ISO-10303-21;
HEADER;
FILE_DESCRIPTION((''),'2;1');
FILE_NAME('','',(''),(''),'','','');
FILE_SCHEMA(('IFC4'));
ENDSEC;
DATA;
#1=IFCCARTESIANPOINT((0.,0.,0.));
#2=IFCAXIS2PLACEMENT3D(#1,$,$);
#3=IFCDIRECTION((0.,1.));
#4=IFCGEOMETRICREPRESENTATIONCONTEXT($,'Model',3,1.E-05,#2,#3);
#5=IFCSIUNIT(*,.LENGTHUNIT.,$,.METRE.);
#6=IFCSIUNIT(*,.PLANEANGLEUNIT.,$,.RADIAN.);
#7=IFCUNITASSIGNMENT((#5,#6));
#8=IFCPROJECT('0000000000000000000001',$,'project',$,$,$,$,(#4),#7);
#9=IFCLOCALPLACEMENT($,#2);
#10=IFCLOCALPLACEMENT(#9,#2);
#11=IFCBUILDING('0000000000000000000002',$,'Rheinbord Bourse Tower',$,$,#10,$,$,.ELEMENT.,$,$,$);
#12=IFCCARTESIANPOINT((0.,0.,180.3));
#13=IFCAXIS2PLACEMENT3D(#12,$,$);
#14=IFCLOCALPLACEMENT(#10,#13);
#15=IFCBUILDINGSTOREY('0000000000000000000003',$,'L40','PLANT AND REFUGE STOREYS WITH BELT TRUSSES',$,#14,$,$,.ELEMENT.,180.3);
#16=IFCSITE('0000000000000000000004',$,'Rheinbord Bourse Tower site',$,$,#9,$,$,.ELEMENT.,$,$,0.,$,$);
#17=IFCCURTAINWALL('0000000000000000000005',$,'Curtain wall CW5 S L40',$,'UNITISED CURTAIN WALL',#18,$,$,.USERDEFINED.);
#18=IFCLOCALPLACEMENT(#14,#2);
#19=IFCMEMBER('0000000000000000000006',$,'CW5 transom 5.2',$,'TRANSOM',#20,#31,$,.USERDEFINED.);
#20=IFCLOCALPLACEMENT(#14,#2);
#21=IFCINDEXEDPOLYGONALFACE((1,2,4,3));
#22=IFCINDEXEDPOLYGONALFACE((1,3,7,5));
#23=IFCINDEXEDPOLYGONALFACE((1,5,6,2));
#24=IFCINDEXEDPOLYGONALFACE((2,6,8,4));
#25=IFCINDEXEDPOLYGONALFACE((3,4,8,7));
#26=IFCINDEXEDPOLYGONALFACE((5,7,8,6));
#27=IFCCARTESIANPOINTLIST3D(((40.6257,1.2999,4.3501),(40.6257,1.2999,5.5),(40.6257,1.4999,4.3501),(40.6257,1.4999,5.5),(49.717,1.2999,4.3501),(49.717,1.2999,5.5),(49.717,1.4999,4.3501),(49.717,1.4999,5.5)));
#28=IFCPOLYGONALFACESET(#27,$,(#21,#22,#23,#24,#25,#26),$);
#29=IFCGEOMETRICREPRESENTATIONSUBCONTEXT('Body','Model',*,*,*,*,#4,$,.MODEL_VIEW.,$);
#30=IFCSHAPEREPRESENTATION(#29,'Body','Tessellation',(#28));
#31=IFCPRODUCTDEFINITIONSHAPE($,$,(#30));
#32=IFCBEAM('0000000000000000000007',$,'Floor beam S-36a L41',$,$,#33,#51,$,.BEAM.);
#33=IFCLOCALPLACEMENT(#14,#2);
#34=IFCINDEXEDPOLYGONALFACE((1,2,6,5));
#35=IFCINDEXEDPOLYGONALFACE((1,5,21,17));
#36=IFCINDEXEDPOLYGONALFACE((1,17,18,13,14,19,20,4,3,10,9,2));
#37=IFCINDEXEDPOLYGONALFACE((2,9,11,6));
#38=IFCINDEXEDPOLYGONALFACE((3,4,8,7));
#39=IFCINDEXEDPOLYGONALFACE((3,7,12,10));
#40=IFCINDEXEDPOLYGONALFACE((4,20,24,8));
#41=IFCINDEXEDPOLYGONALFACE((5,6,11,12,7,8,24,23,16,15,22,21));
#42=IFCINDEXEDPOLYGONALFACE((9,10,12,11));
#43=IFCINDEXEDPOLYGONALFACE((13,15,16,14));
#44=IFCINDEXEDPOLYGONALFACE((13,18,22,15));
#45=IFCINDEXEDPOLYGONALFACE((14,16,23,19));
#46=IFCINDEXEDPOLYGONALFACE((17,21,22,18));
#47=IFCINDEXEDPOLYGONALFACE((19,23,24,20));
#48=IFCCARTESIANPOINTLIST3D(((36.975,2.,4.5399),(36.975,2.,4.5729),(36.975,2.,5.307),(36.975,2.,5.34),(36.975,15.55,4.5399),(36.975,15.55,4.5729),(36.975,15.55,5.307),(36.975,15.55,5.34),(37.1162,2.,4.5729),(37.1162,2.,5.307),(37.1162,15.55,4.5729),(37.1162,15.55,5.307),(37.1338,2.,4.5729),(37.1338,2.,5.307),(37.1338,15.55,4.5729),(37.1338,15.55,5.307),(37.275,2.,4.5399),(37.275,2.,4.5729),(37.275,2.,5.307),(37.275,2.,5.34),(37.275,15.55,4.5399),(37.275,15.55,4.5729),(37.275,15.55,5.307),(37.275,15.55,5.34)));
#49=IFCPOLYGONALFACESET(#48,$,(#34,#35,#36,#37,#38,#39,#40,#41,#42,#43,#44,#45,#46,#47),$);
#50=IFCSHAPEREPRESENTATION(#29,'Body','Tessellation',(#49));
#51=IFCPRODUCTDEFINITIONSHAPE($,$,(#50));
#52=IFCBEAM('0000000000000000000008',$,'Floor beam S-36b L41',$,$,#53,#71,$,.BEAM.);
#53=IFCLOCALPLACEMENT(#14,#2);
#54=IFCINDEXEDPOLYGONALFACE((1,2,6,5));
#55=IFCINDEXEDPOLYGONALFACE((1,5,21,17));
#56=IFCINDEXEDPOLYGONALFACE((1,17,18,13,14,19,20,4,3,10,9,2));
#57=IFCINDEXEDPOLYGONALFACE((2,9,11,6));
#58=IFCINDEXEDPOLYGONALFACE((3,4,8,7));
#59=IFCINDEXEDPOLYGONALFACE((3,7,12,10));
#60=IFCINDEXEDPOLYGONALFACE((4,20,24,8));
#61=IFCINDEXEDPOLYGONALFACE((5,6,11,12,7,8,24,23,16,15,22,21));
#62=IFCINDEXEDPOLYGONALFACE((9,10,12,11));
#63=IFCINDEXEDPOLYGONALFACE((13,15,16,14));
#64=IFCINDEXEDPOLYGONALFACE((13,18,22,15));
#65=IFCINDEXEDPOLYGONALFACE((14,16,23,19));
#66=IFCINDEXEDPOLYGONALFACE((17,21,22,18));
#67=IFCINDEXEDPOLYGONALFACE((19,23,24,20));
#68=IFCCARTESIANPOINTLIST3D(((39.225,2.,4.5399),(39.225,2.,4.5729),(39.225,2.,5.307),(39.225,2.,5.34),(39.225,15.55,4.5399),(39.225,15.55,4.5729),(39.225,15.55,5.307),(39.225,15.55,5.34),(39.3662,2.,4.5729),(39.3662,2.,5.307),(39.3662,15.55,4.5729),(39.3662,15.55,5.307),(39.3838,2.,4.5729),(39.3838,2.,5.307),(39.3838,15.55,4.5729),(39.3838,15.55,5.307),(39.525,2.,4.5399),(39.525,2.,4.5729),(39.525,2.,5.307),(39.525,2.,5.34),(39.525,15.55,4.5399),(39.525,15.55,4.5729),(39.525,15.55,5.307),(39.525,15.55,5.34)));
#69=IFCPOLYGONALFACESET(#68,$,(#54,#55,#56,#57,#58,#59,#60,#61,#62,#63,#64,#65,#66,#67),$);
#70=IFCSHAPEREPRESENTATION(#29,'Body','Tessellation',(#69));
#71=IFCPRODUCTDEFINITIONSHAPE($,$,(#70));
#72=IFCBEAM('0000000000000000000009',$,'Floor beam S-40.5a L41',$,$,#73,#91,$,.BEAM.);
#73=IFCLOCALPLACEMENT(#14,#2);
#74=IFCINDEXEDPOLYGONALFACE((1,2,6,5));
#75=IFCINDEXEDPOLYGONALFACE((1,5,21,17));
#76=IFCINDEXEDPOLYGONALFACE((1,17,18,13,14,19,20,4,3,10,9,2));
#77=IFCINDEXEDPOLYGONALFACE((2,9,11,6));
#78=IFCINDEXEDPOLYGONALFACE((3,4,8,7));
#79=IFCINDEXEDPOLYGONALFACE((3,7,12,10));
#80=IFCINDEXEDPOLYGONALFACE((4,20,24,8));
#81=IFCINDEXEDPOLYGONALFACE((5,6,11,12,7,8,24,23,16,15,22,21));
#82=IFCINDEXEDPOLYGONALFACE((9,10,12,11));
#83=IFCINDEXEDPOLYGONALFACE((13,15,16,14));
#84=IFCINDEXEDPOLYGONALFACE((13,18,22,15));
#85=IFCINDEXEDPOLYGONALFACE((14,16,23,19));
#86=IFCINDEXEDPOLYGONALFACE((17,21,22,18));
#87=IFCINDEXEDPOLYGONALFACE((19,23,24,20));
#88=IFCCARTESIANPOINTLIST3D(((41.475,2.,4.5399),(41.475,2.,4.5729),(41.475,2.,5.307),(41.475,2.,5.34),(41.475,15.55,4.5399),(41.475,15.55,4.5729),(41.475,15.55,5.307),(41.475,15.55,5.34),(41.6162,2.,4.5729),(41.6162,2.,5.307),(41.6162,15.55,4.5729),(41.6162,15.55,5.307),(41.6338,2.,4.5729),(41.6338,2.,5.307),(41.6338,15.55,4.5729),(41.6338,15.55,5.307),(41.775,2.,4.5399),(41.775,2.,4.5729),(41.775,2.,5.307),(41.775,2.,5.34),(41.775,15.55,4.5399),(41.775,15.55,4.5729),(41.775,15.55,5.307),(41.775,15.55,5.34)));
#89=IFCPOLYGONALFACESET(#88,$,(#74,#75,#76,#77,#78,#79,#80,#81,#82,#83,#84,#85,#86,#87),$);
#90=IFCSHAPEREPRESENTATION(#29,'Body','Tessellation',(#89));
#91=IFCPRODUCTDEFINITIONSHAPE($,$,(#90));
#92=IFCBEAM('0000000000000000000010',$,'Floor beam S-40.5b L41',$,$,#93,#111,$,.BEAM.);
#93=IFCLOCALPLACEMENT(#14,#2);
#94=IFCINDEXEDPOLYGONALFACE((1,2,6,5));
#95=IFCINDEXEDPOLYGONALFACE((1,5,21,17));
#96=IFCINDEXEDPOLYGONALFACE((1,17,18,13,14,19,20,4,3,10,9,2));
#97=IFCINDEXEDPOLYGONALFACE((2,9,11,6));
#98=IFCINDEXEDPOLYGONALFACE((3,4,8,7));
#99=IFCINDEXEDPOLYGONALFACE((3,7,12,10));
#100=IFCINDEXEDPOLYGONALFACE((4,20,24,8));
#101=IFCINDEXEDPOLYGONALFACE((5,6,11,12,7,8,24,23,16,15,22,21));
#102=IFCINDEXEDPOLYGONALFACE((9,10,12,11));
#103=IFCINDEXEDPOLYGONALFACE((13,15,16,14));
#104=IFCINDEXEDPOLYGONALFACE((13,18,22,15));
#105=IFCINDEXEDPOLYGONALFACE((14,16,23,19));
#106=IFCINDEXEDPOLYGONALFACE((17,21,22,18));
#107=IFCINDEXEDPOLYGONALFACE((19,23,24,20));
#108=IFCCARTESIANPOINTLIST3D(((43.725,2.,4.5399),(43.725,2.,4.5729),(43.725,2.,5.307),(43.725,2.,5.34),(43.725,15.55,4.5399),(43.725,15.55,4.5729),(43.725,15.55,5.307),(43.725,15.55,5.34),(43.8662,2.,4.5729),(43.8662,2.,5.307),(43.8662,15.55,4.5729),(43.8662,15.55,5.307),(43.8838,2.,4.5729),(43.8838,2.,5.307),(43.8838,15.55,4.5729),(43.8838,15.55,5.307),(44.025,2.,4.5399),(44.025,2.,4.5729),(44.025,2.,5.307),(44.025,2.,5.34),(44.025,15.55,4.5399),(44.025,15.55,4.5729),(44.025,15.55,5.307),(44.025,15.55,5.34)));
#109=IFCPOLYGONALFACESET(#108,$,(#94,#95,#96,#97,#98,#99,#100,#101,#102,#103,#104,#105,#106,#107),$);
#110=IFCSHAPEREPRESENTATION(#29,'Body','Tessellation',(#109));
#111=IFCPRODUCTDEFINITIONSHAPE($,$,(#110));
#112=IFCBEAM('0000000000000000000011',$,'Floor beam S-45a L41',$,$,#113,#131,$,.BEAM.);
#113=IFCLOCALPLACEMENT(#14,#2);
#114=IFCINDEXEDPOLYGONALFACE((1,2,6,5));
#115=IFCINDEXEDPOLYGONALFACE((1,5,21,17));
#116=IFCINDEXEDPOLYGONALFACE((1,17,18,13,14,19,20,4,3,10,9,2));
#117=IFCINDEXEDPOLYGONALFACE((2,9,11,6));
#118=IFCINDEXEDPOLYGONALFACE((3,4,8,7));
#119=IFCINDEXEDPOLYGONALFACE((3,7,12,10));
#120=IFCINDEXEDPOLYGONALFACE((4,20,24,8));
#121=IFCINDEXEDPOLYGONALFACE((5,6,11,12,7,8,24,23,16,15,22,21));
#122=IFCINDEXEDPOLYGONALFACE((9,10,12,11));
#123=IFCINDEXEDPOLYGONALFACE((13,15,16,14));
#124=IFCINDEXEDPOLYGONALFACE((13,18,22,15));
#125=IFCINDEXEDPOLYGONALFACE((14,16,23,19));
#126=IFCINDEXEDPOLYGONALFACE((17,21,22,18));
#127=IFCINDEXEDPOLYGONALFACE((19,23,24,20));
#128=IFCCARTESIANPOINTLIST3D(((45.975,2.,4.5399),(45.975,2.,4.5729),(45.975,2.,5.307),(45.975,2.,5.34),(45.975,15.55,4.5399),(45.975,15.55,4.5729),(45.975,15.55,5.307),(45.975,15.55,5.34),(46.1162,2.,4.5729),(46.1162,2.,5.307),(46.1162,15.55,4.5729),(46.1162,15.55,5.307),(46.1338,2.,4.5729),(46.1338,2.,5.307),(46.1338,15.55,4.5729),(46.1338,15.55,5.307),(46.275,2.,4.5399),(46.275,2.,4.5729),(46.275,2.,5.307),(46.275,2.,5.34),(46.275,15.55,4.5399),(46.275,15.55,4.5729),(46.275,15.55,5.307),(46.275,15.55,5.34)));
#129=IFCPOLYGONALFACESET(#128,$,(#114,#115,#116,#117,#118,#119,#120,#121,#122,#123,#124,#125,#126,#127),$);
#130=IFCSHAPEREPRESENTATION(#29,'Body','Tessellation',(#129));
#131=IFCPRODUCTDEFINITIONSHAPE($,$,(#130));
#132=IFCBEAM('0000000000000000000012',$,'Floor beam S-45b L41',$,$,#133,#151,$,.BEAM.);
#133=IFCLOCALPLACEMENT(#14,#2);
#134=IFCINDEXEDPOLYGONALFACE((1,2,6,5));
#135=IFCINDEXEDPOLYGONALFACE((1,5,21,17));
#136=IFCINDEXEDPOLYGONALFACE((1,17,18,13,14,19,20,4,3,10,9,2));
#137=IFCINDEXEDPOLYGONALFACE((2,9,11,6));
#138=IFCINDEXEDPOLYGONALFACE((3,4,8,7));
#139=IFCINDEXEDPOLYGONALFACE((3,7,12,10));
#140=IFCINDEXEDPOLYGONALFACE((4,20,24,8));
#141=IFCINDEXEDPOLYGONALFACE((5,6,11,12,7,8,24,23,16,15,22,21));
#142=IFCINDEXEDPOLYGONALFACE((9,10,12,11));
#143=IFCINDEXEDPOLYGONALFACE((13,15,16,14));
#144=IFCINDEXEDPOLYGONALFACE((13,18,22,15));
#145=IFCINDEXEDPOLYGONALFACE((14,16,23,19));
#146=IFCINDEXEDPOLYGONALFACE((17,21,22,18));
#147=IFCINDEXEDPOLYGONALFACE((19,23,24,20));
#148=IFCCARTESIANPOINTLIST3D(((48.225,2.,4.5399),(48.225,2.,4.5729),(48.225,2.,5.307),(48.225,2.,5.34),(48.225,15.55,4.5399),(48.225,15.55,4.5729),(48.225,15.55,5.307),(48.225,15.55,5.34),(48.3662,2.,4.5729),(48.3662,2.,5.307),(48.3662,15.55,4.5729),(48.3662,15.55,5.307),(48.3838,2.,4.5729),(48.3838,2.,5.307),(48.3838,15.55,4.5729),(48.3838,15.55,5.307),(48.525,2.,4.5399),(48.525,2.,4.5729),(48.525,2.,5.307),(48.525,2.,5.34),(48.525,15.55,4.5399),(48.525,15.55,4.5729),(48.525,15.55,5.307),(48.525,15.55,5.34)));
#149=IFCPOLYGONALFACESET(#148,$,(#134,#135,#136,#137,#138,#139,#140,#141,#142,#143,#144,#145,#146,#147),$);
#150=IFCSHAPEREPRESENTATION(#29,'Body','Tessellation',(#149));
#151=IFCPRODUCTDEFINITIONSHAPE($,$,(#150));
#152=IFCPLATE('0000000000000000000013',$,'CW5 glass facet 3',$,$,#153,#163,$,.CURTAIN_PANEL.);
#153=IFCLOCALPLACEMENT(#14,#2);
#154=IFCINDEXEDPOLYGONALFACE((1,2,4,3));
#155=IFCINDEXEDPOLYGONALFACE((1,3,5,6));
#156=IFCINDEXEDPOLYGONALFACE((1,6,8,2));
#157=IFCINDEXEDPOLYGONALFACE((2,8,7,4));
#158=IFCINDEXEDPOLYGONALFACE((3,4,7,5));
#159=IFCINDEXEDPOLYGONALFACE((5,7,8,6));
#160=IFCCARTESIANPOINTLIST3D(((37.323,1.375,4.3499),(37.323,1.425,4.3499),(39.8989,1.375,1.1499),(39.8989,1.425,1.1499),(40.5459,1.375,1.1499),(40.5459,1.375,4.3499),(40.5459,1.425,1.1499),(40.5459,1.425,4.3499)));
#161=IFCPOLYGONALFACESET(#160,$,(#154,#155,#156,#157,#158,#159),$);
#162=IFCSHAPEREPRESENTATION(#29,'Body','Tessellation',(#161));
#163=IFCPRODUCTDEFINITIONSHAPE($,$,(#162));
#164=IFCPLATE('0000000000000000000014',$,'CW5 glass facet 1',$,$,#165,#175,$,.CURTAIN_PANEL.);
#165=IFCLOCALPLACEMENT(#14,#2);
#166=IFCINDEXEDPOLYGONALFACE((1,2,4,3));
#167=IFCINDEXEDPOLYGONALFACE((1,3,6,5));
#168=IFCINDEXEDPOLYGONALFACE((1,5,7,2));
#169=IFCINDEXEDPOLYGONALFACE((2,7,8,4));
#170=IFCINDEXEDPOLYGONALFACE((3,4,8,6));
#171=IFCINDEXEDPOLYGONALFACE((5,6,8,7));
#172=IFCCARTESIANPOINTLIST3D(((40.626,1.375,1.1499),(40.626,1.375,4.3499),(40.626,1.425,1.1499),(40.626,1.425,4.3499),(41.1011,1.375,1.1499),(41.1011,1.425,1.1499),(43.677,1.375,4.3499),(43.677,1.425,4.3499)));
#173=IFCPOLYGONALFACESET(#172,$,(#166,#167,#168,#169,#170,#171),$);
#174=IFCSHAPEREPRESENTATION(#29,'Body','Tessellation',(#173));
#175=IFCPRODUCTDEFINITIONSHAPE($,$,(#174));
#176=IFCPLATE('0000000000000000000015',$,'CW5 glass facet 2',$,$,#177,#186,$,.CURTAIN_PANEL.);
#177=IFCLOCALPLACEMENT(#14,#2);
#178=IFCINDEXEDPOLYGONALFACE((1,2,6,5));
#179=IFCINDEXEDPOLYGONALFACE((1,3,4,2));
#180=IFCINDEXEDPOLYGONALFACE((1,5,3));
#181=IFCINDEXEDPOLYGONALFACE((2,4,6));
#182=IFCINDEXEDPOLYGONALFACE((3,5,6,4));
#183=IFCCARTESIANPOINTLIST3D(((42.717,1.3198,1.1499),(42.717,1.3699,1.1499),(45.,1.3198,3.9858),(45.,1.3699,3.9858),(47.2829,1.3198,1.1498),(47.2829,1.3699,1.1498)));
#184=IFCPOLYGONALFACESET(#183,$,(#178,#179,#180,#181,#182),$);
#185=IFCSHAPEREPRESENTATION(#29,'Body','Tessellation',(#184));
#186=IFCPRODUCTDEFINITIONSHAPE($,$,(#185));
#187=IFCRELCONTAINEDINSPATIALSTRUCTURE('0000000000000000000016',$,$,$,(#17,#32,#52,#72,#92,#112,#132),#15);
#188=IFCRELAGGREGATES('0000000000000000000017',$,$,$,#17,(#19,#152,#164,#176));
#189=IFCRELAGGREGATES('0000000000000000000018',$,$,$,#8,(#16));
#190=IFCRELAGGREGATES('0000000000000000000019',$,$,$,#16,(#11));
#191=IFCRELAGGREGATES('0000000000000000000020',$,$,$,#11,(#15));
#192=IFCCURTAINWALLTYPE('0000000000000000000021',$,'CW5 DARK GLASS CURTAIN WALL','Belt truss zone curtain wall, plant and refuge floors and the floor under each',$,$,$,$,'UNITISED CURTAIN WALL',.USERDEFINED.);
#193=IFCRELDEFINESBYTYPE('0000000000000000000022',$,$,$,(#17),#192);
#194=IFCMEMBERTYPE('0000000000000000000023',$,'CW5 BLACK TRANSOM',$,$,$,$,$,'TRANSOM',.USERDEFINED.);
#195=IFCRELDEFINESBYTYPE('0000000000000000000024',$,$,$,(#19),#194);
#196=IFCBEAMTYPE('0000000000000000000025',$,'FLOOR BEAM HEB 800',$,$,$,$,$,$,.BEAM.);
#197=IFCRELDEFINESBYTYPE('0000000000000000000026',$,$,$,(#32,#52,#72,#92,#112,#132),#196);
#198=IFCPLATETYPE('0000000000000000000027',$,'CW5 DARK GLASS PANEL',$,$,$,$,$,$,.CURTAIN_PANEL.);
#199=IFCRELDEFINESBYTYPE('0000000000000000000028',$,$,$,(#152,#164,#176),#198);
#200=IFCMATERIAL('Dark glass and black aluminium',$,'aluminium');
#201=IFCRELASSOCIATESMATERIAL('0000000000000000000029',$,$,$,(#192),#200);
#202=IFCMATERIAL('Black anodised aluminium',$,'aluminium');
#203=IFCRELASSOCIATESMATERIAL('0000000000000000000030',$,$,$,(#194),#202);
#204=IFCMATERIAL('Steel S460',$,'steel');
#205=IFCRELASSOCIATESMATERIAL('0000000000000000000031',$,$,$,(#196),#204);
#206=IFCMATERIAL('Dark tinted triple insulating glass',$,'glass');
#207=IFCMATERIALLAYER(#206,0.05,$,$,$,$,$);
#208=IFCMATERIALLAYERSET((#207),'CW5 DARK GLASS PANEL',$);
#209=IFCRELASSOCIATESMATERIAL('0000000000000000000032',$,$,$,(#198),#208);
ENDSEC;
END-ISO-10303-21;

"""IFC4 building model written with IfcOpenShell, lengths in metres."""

from ifc_helpers import new_model, si_unit, direction, frame, origin, origin_2d, place, context, subcontext, project, spatial, polyline, rectangle, i_section, outline, extrude, material, layer, layer_set, material_profile, profile_set, type_object, element, aggregate, save


model = new_model("IFC4")

# Units and contexts
model_context = context("Model", 3, precision=1e-05, world=origin(), true_north=direction((0.0, 1.0)))
body_context = subcontext(model_context, "Body", "Model", "MODEL_VIEW")
ifc_project = project(units=[si_unit("LENGTHUNIT", "METRE"), si_unit("PLANEANGLEUNIT", "RADIAN")], contexts=[model_context])

# Site, building, storey
site_placement = place(None, origin())
site = spatial("IfcSite", under=ifc_project, at=site_placement, Name="Rheinbord Bourse Tower site", CompositionType="ELEMENT", RefElevation=0.0)
building_placement = place(site_placement, origin())
building = spatial("IfcBuilding", under=site, at=building_placement, Name="Rheinbord Bourse Tower", CompositionType="ELEMENT")
storey_placement = place(building_placement, frame((0.0, 0.0, 180.3)))
storey = spatial("IfcBuildingStorey", under=building, at=storey_placement, Name="L40", Description="PLANT AND REFUGE STOREYS WITH BELT TRUSSES", CompositionType="ELEMENT", Elevation=180.3)

# Curtain wall, member
ifc_material_1 = material(Name="Dark glass and black aluminium", Category="aluminium")
curtain_wall_type = type_object("IfcCurtainWallType", Name="CW5 DARK GLASS CURTAIN WALL", Description="Belt truss zone curtain wall, plant and refuge floors and the floor under each", ElementType="UNITISED CURTAIN WALL", PredefinedType="USERDEFINED", material=ifc_material_1)
curtain_wall_placement = place(storey_placement, origin())
curtain_wall = element("IfcCurtainWall", 1, at=curtain_wall_placement, inside=storey, type_object=curtain_wall_type, Name="Curtain wall CW5 S L40", ObjectType="UNITISED CURTAIN WALL", PredefinedType="USERDEFINED")
ifc_material_2 = material(Name="Black anodised aluminium", Category="aluminium")
ifc_material_profile_1 = material_profile(ifc_material_2, rectangle(XDim=0.2, YDim=1.1499, at=origin_2d()), Name="CW5 TRANSOM 1150x200")
ifc_profile_set_1 = profile_set([ifc_material_profile_1], Name="Black anodised aluminium")
member_type_1 = type_object("IfcMemberType", Name="CW5 BLACK TRANSOM", ElementType="TRANSOM", PredefinedType="USERDEFINED", material=ifc_profile_set_1)
member_1_placement = place(storey_placement, frame((40.6257, 1.3999, 4.925), z_axis=(1.0, 0.0, 0.0), x_axis=(0.0, 1.0, 0.0)))
member_1 = element("IfcMember", 2, at=member_1_placement, type_object=member_type_1, Name="CW5 transom 5.2", ObjectType="TRANSOM", PredefinedType="USERDEFINED", context=body_context, shape_type="SweptSolid", body=[
    extrude(rectangle(XDim=0.2, YDim=1.1499, at=origin_2d()), origin(), (0.0, 0.0, 1.0), 9.0913),
])

# Beams
ifc_material_3 = material(Name="Steel S460", Category="steel")
ifc_material_profile_2 = material_profile(ifc_material_3, i_section(OverallWidth=0.3, OverallDepth=0.8, WebThickness=0.0176, FlangeThickness=0.033, at=origin_2d()), Name="HEB 800")
ifc_profile_set_2 = profile_set([ifc_material_profile_2], Name="Steel S460")
beam_type_1 = type_object("IfcBeamType", Name="FLOOR BEAM HEB 800", PredefinedType="BEAM", material=ifc_profile_set_2)
for number, where, z_axis, x_axis, name in (
    (3, (37.125, 2.0, 4.9399), (0.0, 1.0, 0.0), (-1.0, 0.0, 0.0), "Floor beam S-36a L41"),
    (4, (39.375, 2.0, 4.9399), (0.0, 1.0, 0.0), (-1.0, 0.0, 0.0), "Floor beam S-36b L41"),
    (5, (41.625, 2.0, 4.9399), (0.0, 1.0, 0.0), (-1.0, 0.0, 0.0), "Floor beam S-40.5a L41"),
    (6, (43.875, 2.0, 4.9399), (0.0, 1.0, 0.0), (-1.0, 0.0, 0.0), "Floor beam S-40.5b L41"),
    (7, (46.125, 2.0, 4.9399), (0.0, 1.0, 0.0), (-1.0, 0.0, 0.0), "Floor beam S-45a L41"),
    (8, (48.375, 2.0, 4.9399), (0.0, 1.0, 0.0), (-1.0, 0.0, 0.0), "Floor beam S-45b L41"),
):
    element("IfcBeam", number, at=place(storey_placement, frame(where, z_axis=z_axis, x_axis=x_axis)), inside=storey, type_object=beam_type_1, Name=name, PredefinedType="BEAM", context=body_context, shape_type="SweptSolid", body=[
        extrude(i_section(OverallWidth=0.3, OverallDepth=0.8, WebThickness=0.0176, FlangeThickness=0.033, at=origin_2d()), origin(), (0.0, 0.0, 1.0), 13.55),
    ])

# Plates
ifc_material_4 = material(Name="Dark tinted triple insulating glass", Category="glass")
ifc_layer = layer(ifc_material_4, 0.05)
ifc_layer_set = layer_set([ifc_layer], Name="CW5 DARK GLASS PANEL")
plate_type = type_object("IfcPlateType", Name="CW5 DARK GLASS PANEL", PredefinedType="CURTAIN_PANEL", material=ifc_layer_set)
plate_1_placement = place(storey_placement, frame((40.5459, 1.375, 4.3499), z_axis=(0.0, 1.0, 0.0), x_axis=(0.0, 0.0, -1.0)))
plate_1 = element("IfcPlate", 9, at=plate_1_placement, type_object=plate_type, Name="CW5 glass facet 3", PredefinedType="CURTAIN_PANEL", context=body_context, shape_type="SweptSolid", body=[
    extrude(outline(polyline([(0.0, 0.0), (3.2, 0.0), (3.2, 0.647), (0.0, 3.2229), (0.0, 0.0)])), origin(), (0.0, 0.0, 1.0), 0.05),
])
plate_2_placement = place(storey_placement, frame((40.626, 1.375, 1.1499), z_axis=(0.0, 1.0, 0.0), x_axis=(0.0, 0.0, 1.0)))
plate_2 = element("IfcPlate", 10, at=plate_2_placement, type_object=plate_type, Name="CW5 glass facet 1", PredefinedType="CURTAIN_PANEL", context=body_context, shape_type="SweptSolid", body=[
    extrude(outline(polyline([(0.0, 0.0), (3.2, 0.0), (3.2, 3.051), (0.0, 0.4751), (0.0, 0.0)])), origin(), (0.0, 0.0, 1.0), 0.05),
])
plate_3_placement = place(storey_placement, frame((42.717, 1.3198, 1.1499), z_axis=(0.0, 1.0, 0.0), x_axis=(0.627072, 0.0, 0.778961)))
plate_3 = element("IfcPlate", 11, at=plate_3_placement, type_object=plate_type, Name="CW5 glass facet 2", PredefinedType="CURTAIN_PANEL", context=body_context, shape_type="SweptSolid", body=[
    extrude(outline(polyline([(0.0, 0.0), (3.6406, 0.0), (2.863, 3.5566), (0.0, 0.0)])), origin(), (0.0, 0.0, 1.0), 0.05),
])
aggregate(curtain_wall, [member_1, plate_1, plate_2, plate_3])

save(model, "model.ifc")
